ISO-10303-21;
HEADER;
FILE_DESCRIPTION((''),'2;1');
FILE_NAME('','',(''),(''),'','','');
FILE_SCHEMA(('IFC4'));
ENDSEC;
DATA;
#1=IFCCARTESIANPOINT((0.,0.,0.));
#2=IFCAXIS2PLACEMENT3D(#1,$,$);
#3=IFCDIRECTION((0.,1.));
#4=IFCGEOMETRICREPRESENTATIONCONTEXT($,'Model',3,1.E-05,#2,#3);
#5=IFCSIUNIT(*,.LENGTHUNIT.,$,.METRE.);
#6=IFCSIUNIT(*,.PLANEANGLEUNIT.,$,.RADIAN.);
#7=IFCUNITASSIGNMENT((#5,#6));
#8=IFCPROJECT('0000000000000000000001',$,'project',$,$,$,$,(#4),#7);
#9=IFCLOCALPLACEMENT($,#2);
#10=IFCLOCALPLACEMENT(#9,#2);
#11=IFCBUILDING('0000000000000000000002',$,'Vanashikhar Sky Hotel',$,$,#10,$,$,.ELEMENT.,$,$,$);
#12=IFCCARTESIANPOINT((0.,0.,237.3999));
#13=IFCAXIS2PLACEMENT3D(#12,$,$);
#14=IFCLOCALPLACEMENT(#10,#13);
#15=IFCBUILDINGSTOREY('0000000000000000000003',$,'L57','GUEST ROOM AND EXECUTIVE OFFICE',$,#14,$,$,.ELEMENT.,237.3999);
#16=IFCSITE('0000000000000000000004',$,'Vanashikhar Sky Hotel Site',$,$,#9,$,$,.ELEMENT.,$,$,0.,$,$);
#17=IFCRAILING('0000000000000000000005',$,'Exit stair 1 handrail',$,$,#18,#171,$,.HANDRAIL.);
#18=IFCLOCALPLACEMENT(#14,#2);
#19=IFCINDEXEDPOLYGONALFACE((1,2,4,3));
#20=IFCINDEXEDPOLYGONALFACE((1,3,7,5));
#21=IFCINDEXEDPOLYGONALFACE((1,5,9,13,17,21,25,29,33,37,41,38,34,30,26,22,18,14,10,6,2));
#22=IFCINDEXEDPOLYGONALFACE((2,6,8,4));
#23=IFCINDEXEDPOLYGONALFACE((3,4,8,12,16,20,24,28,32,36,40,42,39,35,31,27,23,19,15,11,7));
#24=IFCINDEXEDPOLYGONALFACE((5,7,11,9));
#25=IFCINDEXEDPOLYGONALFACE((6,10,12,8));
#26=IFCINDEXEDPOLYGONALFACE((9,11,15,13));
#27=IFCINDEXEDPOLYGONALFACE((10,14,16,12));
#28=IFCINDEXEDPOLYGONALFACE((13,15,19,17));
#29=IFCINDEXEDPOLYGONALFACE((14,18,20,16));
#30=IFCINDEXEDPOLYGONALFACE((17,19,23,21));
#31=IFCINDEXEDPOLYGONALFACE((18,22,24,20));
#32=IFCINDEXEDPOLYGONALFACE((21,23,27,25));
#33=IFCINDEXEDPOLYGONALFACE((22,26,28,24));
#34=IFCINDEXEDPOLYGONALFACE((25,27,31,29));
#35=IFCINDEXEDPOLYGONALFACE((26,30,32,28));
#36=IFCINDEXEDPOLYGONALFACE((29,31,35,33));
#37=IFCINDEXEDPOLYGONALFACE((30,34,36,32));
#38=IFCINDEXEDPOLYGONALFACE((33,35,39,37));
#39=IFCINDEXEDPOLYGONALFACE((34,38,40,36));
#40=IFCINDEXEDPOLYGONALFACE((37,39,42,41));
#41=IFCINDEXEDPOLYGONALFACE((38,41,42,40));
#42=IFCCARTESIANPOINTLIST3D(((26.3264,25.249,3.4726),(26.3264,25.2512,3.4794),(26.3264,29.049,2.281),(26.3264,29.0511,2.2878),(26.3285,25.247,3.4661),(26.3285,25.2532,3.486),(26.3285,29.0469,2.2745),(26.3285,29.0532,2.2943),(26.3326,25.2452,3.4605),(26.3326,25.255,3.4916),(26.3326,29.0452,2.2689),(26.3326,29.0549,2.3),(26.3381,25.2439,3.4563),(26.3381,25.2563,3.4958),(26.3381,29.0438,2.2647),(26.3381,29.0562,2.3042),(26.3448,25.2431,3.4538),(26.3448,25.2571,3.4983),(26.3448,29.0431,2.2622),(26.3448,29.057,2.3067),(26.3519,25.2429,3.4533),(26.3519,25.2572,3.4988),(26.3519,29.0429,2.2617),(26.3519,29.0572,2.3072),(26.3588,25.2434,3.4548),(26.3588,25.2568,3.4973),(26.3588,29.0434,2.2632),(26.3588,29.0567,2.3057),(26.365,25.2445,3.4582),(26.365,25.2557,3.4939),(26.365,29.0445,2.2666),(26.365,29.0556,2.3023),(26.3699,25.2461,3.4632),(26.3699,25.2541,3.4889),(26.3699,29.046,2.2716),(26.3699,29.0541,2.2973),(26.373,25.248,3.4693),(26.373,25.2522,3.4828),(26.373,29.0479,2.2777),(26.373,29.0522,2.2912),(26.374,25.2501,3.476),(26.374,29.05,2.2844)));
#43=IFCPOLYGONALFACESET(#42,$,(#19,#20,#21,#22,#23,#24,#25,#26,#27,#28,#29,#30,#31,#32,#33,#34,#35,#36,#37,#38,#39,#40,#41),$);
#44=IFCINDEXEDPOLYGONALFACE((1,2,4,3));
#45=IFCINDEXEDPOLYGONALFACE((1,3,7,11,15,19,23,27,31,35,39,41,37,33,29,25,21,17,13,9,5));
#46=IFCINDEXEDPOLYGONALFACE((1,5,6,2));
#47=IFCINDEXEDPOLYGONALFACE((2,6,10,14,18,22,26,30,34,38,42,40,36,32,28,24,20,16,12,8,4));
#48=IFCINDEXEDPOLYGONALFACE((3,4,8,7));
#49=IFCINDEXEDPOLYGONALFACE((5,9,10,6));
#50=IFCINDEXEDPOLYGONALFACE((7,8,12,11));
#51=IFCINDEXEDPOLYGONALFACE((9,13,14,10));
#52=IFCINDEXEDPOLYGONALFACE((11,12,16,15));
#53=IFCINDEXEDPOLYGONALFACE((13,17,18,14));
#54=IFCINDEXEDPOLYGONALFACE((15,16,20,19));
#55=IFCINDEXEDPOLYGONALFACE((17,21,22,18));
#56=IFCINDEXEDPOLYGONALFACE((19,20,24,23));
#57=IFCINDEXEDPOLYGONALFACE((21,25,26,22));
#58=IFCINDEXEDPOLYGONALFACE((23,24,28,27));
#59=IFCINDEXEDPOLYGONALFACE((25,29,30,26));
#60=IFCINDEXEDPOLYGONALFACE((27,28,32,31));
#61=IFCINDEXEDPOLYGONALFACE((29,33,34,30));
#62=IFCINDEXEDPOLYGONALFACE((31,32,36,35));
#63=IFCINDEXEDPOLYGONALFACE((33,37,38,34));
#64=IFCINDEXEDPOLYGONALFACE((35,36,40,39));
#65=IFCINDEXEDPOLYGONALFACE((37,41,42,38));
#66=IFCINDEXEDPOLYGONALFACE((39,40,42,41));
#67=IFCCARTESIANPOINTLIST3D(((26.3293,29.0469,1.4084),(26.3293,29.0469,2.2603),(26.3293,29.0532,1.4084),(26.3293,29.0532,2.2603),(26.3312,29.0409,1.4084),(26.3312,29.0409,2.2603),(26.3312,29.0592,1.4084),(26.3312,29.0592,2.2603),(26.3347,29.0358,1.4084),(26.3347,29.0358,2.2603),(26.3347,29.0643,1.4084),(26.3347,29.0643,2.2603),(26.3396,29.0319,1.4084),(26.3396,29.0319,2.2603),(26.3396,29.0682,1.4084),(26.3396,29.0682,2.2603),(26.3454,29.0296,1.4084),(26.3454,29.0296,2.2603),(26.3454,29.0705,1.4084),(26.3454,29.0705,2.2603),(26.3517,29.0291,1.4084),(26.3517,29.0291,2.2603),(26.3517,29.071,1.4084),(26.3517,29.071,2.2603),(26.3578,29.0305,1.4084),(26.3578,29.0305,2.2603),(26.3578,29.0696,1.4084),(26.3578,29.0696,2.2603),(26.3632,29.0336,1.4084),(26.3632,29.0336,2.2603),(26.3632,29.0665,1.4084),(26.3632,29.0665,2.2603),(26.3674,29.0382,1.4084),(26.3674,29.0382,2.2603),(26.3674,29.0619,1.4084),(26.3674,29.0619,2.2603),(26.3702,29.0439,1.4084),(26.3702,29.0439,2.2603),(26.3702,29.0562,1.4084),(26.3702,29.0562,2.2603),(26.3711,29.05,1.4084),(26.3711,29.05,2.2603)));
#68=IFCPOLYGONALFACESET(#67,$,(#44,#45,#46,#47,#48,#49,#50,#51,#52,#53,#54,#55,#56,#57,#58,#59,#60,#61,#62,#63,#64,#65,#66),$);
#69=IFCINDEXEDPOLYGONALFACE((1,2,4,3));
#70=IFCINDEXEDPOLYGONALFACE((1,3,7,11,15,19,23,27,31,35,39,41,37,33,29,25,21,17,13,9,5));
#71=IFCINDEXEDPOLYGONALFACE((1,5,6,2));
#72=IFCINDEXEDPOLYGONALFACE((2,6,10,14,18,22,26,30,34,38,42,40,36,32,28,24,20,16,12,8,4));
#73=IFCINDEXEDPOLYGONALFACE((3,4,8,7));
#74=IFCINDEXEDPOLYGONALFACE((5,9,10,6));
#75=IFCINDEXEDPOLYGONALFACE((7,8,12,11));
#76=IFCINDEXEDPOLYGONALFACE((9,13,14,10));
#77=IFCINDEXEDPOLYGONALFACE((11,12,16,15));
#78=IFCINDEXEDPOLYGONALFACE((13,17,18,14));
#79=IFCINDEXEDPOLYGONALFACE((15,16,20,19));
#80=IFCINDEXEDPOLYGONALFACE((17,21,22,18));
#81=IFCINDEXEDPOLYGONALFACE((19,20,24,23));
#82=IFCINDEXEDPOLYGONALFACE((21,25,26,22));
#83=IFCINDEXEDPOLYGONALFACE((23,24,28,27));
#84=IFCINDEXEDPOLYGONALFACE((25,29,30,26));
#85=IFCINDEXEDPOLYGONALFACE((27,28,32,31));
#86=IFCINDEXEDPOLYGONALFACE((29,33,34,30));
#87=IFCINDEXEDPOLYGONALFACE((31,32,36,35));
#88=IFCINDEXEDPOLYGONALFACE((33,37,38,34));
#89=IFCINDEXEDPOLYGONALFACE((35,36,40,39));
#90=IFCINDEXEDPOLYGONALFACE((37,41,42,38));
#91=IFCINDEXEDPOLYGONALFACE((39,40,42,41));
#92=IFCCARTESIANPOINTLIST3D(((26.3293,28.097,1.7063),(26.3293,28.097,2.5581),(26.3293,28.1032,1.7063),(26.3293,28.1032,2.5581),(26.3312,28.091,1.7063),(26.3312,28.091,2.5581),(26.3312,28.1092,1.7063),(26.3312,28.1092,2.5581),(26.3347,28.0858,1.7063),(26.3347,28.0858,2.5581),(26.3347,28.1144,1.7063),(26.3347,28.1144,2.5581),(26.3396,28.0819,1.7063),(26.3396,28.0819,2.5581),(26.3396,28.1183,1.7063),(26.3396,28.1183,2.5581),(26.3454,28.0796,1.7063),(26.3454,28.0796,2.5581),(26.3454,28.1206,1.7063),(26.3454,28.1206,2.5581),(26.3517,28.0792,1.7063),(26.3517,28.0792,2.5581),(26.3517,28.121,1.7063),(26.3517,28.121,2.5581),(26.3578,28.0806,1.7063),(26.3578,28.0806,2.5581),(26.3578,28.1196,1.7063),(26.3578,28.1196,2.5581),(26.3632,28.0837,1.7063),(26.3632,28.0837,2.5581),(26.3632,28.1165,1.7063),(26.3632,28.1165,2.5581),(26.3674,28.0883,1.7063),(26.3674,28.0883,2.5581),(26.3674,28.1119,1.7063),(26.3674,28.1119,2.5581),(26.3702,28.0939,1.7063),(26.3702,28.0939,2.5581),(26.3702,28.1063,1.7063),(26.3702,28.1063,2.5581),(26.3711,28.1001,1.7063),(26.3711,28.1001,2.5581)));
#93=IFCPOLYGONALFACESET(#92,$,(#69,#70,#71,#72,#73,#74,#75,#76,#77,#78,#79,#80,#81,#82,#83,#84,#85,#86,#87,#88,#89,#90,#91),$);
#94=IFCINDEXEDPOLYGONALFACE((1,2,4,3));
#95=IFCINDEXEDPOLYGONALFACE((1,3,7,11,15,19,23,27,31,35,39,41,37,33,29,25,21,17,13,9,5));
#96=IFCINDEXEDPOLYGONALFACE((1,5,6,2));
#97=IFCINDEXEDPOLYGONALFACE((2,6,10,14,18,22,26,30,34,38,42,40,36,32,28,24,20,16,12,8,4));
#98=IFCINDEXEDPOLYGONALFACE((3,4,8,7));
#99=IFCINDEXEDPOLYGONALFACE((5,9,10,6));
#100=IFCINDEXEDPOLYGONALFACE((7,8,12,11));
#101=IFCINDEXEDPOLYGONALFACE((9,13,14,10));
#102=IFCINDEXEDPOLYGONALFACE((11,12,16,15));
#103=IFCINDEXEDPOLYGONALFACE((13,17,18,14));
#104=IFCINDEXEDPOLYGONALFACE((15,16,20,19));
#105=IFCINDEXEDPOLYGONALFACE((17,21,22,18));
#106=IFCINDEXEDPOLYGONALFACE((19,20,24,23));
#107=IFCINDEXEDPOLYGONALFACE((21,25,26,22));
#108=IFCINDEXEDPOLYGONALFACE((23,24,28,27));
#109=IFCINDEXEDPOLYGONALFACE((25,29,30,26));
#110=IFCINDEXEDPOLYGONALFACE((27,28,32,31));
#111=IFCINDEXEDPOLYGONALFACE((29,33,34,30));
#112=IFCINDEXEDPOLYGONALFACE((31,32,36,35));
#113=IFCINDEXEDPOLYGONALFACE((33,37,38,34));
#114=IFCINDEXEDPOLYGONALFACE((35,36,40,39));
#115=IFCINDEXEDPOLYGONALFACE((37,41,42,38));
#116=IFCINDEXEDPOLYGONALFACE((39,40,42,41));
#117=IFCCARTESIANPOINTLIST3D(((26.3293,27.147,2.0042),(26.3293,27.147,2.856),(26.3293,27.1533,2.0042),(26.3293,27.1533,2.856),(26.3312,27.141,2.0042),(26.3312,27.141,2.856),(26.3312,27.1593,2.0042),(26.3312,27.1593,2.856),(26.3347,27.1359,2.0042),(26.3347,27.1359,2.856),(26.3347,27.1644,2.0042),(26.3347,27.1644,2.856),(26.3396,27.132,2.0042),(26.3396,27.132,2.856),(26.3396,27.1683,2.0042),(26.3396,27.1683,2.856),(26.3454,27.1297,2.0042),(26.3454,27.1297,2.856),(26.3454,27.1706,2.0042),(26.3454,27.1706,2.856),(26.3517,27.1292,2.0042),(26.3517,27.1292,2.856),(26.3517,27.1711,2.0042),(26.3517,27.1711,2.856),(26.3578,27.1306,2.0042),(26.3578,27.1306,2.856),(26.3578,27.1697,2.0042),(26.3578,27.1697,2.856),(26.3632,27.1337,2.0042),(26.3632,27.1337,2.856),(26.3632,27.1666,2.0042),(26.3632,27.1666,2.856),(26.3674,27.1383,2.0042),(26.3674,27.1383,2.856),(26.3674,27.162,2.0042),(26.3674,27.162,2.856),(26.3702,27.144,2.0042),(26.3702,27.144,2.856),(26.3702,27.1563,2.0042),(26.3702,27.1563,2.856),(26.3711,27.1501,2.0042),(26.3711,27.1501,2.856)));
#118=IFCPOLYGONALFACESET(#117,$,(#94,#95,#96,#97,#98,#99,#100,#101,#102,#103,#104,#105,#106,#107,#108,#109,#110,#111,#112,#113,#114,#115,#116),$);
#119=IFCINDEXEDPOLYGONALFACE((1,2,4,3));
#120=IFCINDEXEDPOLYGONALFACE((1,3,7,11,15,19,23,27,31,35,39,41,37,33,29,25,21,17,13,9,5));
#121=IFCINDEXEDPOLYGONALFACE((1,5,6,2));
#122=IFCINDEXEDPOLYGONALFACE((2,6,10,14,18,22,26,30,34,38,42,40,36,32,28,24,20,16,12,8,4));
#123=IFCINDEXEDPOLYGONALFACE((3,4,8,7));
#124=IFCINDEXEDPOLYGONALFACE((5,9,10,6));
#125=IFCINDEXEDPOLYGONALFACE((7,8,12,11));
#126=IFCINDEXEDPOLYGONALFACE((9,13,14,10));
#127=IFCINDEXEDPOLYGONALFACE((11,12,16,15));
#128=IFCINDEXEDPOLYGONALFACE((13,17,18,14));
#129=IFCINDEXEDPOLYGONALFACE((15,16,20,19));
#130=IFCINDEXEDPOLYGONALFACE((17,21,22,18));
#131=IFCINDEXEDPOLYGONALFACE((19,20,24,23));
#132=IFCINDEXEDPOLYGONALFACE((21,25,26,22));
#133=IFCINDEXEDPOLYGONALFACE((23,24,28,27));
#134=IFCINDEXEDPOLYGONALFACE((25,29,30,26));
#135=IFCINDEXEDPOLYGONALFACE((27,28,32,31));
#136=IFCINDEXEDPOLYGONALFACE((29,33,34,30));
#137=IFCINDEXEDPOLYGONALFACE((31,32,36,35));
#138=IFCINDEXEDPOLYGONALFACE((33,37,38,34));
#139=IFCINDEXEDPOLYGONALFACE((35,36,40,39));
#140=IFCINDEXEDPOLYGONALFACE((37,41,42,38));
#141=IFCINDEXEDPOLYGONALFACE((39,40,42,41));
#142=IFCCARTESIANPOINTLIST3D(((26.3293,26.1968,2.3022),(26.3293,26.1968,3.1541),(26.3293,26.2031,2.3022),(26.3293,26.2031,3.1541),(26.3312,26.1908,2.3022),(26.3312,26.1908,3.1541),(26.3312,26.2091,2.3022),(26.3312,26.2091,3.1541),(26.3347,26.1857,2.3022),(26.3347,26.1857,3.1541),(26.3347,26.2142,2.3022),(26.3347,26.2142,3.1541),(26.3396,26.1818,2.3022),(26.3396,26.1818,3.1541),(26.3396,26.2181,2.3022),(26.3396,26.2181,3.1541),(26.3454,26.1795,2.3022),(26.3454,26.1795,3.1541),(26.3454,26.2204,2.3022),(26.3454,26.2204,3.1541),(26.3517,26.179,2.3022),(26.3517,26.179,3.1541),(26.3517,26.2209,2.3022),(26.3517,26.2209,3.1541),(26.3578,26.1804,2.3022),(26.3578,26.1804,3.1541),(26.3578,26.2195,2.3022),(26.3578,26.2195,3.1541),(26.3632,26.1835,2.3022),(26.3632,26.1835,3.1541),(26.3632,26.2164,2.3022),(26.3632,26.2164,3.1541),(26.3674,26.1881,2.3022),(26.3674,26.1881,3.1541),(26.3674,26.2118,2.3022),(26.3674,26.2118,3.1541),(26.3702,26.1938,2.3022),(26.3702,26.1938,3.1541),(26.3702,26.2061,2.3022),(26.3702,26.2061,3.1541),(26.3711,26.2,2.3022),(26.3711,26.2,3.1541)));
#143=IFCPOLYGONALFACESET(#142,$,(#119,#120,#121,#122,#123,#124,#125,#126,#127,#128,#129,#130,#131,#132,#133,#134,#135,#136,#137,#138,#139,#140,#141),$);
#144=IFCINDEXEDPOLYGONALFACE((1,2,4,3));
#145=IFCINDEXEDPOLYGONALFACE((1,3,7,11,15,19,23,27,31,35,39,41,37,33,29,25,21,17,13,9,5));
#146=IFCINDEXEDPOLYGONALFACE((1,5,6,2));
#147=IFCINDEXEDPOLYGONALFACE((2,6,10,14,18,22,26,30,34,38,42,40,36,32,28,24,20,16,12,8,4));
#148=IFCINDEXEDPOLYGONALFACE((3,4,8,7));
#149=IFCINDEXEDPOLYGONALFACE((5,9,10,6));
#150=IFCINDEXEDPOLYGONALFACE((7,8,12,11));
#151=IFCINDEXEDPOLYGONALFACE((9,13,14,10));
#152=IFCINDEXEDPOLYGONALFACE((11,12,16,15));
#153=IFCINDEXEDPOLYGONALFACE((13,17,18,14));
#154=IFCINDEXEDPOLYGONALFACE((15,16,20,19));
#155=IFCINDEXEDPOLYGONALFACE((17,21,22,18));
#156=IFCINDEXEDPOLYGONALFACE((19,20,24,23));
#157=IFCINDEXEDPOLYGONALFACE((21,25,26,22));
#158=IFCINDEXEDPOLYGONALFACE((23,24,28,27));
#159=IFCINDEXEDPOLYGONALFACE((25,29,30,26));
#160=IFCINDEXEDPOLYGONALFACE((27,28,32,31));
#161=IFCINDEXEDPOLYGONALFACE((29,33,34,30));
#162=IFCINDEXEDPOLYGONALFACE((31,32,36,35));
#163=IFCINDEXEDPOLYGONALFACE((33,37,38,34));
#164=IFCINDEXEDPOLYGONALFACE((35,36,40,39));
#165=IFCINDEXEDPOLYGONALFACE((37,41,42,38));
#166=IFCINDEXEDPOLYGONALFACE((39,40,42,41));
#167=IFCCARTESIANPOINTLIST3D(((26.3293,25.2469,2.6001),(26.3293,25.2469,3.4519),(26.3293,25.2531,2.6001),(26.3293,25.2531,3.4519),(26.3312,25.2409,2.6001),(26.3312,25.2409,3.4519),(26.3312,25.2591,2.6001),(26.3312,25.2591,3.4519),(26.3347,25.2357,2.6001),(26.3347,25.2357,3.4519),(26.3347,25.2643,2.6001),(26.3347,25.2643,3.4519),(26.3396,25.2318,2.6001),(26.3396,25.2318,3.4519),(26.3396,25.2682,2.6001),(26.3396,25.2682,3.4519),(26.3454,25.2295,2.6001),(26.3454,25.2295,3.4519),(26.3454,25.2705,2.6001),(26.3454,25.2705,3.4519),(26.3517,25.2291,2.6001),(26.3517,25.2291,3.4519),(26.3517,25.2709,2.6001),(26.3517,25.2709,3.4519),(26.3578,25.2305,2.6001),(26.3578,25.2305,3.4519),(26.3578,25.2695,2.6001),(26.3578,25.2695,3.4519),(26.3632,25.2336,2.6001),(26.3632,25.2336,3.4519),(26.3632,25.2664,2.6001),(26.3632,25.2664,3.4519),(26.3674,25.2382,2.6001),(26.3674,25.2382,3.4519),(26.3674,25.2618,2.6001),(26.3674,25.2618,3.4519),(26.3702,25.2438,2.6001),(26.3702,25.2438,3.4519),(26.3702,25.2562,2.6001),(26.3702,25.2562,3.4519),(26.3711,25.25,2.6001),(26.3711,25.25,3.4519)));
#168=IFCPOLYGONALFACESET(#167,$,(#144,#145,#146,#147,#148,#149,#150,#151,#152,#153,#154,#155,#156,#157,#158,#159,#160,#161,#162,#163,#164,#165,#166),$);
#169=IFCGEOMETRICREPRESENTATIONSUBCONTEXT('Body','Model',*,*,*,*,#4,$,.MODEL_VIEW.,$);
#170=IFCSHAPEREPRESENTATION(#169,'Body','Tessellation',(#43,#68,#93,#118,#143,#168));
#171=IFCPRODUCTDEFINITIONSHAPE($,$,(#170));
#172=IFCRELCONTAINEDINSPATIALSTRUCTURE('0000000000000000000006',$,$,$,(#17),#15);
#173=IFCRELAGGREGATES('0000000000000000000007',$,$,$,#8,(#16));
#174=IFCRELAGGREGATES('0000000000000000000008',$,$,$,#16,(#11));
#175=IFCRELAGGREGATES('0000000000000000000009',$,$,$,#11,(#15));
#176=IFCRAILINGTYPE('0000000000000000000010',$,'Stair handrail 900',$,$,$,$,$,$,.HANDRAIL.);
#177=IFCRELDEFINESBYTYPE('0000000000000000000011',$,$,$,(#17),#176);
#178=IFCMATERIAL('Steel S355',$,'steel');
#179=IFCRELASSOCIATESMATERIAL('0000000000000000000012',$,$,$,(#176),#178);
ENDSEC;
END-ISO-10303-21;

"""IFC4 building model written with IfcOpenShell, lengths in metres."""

from ifc_helpers import new_model, si_unit, direction, frame, origin, origin_2d, place, context, subcontext, project, spatial, circle, extrude, source, transform, mapped, material, type_object, element, save


model = new_model("IFC4")

# Units and contexts
model_context = context("Model", 3, precision=1e-05, world=origin(), true_north=direction((0.0, 1.0)))
body_context = subcontext(model_context, "Body", "Model", "MODEL_VIEW")
ifc_project = project(units=[si_unit("LENGTHUNIT", "METRE"), si_unit("PLANEANGLEUNIT", "RADIAN")], contexts=[model_context])

# Site, building, storey
site_placement = place(None, origin())
site = spatial("IfcSite", under=ifc_project, at=site_placement, Name="Vanashikhar Sky Hotel Site", CompositionType="ELEMENT", RefElevation=0.0)
building_placement = place(site_placement, origin())
building = spatial("IfcBuilding", under=site, at=building_placement, Name="Vanashikhar Sky Hotel", CompositionType="ELEMENT")
storey_placement = place(building_placement, frame((0.0, 0.0, 237.3999)))
storey = spatial("IfcBuildingStorey", under=building, at=storey_placement, Name="L57", Description="GUEST ROOM AND EXECUTIVE OFFICE", CompositionType="ELEMENT", Elevation=237.3999)

# Railing
ifc_material_1 = material(Name="Steel S355", Category="steel")
railing_type_1 = type_object("IfcRailingType", Name="Stair handrail 900", PredefinedType="HANDRAIL", material=ifc_material_1)
shared_shape_1 = source(origin(), body_context, "Body", "SweptSolid", [
    extrude(circle(Radius=0.0239, at=origin_2d()), frame((0.0, 0.0, 0.876), z_axis=(0.0, -0.954184, 0.299221), x_axis=(1.0, 0.0, 0.0)), (0.0, 0.0, 1.0), 3.9824),
    extrude(circle(Radius=0.021, at=origin_2d()), origin(), (0.0, 0.0, 1.0), 0.8518),
    extrude(circle(Radius=0.021, at=origin_2d()), frame((0.0, -0.95, 0.2979)), (0.0, 0.0, 1.0), 0.8518),
    extrude(circle(Radius=0.021, at=origin_2d()), frame((0.0, -1.8999, 0.5957)), (0.0, 0.0, 1.0), 0.8518),
    extrude(circle(Radius=0.021, at=origin_2d()), frame((0.0, -2.8501, 0.8938)), (0.0, 0.0, 1.0), 0.8518),
    extrude(circle(Radius=0.021, at=origin_2d()), frame((0.0, -3.8, 1.1917)), (0.0, 0.0, 1.0), 0.8518),
])
railing_1_placement = place(storey_placement, frame((26.3501, 29.05, 1.4084)))
element("IfcRailing", 1, at=railing_1_placement, inside=storey, type_object=railing_type_1, Name="Exit stair 1 handrail", PredefinedType="HANDRAIL", context=body_context, shape_type="MappedRepresentation", body=[
    mapped(shared_shape_1, transform((0.0, 0.0, 0.0), scale=1.0)),
])

save(model, "model.ifc")
